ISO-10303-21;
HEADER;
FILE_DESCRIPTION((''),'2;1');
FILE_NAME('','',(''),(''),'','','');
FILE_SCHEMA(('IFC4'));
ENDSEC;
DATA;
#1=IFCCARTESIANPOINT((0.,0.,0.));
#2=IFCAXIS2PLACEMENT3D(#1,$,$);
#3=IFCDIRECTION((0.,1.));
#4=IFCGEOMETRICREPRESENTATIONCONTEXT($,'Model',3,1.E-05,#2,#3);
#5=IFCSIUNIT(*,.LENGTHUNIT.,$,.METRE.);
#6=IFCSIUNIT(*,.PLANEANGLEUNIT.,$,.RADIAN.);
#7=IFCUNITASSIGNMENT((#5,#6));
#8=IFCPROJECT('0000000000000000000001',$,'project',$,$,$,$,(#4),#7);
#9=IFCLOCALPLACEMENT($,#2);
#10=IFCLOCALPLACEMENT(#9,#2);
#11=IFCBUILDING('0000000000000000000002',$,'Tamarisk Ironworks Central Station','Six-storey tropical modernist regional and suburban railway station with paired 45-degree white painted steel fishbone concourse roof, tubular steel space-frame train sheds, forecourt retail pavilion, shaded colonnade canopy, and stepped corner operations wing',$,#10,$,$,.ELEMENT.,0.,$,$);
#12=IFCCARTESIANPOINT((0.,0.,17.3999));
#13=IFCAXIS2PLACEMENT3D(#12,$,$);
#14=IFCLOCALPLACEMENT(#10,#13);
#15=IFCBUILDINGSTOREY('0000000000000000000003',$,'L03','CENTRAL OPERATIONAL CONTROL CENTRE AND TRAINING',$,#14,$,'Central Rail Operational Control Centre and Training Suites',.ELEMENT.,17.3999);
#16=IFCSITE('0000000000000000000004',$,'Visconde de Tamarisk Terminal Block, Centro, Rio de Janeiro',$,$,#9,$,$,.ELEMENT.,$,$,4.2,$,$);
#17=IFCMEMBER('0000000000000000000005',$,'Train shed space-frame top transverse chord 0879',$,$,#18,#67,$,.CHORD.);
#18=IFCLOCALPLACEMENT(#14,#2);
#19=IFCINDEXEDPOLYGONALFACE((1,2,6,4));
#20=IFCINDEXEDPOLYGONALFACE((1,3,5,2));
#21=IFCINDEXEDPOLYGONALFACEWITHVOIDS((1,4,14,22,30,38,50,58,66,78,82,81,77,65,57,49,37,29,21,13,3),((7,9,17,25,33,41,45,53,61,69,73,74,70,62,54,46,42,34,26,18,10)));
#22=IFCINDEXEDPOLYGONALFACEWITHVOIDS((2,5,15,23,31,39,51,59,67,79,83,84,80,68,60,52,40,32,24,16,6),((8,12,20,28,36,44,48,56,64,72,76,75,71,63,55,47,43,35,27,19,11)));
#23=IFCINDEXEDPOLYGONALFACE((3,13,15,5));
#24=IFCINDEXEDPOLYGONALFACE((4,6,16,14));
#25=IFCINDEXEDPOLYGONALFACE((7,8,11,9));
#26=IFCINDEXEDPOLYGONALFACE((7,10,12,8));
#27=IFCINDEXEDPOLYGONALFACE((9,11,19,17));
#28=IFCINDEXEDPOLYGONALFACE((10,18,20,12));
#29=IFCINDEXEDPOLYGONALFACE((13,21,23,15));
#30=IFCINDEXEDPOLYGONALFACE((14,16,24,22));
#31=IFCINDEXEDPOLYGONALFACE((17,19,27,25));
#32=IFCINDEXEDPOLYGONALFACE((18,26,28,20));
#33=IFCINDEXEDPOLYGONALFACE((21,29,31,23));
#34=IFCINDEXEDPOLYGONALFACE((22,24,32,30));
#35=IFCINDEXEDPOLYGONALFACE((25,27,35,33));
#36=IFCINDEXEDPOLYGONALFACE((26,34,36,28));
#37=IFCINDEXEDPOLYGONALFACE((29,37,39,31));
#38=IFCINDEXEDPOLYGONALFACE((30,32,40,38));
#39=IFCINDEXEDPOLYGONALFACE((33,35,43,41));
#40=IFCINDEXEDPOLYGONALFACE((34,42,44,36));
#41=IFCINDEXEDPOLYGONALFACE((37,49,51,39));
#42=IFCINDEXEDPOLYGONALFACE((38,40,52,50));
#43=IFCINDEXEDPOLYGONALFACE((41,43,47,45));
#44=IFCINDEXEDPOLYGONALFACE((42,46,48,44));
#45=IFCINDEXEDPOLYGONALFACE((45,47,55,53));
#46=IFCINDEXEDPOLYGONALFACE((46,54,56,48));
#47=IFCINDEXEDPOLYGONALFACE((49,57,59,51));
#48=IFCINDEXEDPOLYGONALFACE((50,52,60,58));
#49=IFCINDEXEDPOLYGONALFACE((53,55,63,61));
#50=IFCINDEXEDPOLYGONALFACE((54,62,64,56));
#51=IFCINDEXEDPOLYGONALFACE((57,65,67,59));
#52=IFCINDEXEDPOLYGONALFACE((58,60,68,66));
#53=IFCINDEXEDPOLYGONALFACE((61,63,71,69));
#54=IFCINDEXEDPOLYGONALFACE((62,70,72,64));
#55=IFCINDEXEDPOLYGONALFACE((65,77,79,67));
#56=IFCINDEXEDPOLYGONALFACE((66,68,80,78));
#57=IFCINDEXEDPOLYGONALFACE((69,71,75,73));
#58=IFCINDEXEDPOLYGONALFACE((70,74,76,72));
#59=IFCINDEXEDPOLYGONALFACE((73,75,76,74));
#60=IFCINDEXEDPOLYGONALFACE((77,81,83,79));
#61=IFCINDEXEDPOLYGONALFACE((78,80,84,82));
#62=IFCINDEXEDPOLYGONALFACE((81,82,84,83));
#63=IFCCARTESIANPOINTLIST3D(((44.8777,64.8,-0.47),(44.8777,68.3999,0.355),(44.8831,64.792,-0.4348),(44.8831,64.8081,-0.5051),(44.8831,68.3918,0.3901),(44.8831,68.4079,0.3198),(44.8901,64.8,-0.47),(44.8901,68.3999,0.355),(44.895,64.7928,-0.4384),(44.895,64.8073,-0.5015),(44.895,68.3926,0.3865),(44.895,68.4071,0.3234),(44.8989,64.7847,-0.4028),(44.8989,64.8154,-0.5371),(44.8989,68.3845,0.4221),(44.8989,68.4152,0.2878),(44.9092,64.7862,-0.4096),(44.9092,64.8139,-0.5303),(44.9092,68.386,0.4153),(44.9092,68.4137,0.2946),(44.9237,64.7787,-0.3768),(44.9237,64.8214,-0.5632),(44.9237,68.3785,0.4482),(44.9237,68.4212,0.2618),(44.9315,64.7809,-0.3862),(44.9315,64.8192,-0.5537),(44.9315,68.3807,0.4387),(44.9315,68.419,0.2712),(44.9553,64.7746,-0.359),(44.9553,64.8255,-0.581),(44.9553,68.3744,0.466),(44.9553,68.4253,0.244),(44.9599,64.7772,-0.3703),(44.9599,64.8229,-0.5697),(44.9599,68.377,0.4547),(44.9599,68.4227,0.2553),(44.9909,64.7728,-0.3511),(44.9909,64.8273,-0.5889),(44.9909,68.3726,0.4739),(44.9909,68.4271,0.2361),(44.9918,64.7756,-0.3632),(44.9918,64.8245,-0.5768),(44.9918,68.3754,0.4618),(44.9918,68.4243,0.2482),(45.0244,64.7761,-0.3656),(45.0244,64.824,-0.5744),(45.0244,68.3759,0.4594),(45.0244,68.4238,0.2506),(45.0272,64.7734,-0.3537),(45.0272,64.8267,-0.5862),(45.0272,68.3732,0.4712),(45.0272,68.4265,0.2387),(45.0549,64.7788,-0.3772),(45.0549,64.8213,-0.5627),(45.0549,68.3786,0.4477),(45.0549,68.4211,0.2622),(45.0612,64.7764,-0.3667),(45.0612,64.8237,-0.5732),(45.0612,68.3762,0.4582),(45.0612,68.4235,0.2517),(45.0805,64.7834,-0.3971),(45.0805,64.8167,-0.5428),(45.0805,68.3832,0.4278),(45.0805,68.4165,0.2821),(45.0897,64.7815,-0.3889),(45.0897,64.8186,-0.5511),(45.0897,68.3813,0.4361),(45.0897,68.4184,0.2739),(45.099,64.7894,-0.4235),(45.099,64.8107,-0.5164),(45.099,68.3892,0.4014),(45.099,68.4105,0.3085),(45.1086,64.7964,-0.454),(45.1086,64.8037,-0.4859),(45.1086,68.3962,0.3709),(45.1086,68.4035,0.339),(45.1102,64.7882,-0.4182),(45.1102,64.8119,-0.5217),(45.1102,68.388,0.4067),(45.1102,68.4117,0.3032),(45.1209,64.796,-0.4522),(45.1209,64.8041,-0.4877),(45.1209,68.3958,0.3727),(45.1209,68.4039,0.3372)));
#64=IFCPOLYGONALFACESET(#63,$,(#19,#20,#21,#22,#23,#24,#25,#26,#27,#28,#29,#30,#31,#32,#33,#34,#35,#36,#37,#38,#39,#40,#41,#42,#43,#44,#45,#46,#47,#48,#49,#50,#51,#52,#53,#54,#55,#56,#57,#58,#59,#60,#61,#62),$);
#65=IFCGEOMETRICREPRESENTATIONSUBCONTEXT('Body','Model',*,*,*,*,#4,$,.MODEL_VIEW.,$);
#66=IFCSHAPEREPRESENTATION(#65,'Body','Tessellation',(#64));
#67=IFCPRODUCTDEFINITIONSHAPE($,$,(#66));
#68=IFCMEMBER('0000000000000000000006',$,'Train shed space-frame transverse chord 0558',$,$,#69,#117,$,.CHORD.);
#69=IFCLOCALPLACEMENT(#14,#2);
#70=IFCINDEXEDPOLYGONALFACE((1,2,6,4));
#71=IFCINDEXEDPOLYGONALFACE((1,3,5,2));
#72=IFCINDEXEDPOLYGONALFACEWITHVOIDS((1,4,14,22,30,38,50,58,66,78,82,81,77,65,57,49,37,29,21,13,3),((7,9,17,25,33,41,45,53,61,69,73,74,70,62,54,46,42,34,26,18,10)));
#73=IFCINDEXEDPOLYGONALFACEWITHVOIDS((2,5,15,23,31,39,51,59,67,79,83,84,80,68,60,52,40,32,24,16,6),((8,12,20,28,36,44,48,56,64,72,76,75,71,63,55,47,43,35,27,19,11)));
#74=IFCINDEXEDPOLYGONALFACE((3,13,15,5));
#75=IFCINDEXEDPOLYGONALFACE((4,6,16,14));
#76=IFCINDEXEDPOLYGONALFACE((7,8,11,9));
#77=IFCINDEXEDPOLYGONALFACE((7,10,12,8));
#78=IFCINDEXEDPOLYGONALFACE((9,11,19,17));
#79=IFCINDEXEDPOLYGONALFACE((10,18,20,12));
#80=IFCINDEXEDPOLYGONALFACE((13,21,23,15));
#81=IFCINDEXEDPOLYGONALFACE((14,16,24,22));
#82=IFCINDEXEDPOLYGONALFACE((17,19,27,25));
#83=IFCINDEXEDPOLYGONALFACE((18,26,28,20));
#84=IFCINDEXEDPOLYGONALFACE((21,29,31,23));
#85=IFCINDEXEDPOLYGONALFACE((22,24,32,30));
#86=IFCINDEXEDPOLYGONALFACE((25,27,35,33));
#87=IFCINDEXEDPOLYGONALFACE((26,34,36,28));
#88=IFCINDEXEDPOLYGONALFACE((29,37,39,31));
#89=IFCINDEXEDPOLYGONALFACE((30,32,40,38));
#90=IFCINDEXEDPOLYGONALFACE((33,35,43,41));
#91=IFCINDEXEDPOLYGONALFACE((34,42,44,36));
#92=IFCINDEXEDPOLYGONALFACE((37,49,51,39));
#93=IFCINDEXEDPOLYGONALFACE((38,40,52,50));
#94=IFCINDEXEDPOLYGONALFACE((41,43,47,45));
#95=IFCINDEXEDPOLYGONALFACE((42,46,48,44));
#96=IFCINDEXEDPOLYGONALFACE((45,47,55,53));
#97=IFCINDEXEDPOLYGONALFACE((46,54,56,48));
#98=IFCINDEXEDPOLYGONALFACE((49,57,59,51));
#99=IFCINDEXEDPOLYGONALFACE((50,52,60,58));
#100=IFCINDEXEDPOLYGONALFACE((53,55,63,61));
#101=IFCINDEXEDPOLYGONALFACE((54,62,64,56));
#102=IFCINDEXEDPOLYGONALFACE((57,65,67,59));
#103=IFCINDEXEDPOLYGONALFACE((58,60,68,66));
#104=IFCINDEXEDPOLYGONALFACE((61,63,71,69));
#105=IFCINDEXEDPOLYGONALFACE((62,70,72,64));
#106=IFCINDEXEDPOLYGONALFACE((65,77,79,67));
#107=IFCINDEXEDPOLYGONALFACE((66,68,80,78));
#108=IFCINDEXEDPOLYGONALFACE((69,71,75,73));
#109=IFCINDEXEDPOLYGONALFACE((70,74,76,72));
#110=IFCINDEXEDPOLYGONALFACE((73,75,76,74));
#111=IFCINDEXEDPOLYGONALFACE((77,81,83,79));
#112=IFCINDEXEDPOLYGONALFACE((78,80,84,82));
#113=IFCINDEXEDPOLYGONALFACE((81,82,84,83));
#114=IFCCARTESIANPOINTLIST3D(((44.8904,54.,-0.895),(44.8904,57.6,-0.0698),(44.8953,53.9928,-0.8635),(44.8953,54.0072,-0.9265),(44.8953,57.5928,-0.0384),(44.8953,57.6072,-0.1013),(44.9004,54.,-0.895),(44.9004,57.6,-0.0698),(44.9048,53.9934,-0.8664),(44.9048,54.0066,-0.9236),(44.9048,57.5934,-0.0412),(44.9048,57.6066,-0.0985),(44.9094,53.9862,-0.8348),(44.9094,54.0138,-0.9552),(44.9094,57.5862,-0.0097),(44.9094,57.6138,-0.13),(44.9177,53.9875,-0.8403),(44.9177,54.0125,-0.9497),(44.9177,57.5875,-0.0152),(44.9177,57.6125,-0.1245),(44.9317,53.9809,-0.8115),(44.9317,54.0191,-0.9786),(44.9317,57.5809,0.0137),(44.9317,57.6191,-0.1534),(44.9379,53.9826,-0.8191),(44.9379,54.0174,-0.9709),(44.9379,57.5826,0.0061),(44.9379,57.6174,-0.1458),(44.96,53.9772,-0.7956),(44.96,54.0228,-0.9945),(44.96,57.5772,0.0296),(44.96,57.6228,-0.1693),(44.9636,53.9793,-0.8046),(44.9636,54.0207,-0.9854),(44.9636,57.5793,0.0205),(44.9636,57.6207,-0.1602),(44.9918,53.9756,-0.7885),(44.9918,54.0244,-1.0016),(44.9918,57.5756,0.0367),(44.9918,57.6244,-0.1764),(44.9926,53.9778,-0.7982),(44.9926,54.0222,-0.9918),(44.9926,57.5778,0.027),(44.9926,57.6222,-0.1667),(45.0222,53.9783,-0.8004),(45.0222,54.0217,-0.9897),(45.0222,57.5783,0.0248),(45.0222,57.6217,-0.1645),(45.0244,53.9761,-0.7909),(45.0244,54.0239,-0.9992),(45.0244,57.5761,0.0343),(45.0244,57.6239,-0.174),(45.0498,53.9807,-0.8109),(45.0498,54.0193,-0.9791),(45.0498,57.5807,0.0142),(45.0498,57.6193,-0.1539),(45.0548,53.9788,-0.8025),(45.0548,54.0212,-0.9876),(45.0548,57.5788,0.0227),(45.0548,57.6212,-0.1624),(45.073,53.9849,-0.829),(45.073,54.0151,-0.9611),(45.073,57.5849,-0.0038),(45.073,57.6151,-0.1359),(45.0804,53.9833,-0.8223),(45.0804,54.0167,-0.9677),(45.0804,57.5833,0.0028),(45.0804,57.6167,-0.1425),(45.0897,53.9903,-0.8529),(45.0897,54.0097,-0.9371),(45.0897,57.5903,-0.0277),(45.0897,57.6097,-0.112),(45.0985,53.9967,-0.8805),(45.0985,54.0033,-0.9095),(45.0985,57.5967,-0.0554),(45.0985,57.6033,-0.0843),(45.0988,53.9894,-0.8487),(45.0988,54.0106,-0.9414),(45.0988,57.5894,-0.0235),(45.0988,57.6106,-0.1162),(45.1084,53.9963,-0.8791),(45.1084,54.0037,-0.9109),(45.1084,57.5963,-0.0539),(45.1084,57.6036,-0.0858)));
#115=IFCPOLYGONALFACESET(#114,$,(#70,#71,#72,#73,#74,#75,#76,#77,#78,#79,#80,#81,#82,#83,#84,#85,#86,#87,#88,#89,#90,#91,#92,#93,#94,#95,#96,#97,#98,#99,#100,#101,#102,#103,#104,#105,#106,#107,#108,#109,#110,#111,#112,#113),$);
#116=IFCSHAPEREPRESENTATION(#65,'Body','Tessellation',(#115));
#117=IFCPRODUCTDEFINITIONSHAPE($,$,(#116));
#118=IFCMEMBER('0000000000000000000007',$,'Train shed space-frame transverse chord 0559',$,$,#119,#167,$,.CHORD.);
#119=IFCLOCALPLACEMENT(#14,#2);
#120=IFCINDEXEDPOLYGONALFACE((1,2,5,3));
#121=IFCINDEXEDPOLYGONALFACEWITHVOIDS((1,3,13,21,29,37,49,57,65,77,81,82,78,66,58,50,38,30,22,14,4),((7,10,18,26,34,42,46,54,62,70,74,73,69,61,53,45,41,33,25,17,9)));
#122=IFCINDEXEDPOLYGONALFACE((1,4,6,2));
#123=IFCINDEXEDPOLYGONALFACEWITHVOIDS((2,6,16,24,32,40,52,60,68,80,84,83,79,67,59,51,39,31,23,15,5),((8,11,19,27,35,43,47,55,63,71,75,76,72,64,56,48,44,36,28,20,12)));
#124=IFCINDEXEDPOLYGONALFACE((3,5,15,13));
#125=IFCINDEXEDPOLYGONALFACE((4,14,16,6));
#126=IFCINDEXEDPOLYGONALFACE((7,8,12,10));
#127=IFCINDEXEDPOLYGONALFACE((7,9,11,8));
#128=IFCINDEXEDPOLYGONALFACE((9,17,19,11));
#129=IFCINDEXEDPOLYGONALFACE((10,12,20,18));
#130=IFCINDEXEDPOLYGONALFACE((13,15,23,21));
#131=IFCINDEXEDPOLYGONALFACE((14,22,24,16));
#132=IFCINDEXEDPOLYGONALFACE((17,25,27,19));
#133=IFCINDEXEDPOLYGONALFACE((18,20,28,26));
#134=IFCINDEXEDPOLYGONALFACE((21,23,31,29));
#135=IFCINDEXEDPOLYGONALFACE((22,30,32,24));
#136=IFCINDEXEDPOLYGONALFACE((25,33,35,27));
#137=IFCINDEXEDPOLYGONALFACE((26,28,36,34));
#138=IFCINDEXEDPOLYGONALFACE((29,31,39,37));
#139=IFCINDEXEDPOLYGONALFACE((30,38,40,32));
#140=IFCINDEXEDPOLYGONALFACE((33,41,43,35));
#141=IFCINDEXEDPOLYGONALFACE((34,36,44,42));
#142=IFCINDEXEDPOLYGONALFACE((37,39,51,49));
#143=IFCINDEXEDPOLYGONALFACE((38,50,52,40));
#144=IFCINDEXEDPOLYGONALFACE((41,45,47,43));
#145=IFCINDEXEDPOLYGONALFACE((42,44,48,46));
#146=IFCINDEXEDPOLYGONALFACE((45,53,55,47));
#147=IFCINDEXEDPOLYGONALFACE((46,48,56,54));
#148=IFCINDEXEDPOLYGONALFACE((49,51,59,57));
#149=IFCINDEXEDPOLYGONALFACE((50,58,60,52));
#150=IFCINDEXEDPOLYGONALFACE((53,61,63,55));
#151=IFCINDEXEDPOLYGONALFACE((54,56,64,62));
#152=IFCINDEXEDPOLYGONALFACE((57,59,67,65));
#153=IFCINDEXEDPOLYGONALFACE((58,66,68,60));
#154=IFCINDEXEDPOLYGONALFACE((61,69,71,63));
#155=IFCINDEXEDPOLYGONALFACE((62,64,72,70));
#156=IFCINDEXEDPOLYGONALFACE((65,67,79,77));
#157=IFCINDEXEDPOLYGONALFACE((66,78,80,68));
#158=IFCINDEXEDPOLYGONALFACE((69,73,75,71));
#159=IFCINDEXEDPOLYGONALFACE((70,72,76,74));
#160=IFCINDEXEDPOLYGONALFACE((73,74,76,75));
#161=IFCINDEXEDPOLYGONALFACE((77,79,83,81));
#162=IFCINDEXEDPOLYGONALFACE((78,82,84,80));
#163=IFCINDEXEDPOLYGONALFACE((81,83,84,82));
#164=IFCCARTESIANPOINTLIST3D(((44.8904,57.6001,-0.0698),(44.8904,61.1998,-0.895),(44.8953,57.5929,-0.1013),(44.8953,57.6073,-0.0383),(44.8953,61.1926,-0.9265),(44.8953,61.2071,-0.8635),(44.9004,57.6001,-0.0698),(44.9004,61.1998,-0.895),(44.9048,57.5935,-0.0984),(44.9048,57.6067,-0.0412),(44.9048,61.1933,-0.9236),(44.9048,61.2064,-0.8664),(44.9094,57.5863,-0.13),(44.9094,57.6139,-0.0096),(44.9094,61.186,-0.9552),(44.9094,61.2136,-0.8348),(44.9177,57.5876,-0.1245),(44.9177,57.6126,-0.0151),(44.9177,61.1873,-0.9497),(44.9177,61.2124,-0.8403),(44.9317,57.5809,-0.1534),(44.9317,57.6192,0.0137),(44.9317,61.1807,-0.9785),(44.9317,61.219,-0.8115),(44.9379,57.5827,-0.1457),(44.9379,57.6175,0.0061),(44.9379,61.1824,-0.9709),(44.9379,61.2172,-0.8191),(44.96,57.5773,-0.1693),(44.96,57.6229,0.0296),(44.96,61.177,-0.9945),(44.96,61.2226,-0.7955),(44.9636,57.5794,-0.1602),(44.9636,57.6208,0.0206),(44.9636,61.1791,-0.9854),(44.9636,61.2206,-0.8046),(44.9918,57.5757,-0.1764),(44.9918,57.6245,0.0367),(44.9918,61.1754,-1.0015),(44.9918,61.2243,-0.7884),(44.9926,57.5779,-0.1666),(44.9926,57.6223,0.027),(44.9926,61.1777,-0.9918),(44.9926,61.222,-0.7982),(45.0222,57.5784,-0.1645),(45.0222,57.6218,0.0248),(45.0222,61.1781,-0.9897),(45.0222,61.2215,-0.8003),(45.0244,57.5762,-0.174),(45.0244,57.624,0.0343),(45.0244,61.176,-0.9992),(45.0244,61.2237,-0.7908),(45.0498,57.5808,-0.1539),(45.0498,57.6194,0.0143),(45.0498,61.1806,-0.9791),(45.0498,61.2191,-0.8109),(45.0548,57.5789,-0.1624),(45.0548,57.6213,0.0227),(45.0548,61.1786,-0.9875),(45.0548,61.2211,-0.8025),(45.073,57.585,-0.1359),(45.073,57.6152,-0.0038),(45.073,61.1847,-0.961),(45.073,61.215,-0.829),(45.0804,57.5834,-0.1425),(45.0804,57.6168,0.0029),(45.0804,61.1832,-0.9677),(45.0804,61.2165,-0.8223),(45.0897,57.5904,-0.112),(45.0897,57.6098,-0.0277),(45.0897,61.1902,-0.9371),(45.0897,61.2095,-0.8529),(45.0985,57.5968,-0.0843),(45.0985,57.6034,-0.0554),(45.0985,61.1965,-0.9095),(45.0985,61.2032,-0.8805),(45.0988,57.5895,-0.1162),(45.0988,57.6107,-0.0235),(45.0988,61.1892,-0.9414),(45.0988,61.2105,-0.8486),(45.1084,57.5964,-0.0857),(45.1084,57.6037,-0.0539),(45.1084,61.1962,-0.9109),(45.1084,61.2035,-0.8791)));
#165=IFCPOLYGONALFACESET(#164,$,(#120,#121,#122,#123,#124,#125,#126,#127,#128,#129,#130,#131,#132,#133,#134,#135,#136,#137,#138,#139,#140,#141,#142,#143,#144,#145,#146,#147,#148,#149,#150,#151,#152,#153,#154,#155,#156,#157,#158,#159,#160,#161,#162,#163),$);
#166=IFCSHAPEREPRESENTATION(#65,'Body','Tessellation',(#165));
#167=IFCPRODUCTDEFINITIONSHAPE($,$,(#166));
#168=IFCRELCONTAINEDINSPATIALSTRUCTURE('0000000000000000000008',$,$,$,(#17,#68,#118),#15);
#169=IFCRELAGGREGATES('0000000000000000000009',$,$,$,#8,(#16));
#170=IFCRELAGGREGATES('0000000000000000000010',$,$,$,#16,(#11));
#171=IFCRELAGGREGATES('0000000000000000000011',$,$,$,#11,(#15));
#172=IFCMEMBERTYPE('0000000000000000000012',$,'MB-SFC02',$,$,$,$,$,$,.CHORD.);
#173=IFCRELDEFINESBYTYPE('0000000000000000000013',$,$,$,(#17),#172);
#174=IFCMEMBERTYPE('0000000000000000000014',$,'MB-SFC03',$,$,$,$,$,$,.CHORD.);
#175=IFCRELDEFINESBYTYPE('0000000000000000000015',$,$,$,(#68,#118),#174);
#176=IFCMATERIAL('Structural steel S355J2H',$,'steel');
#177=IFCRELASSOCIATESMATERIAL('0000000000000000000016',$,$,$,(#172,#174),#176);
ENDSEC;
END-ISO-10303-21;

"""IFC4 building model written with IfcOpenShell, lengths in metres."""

from ifc_helpers import new_model, si_unit, direction, frame, origin, origin_2d, place, context, subcontext, project, spatial, hollow_circle, extrude, material, material_profile, profile_set, type_object, element, save


model = new_model("IFC4")

# Units and contexts
model_context = context("Model", 3, precision=1e-05, world=origin(), true_north=direction((0.0, 1.0)))
body_context = subcontext(model_context, "Body", "Model", "MODEL_VIEW")
ifc_project = project(units=[si_unit("LENGTHUNIT", "METRE"), si_unit("PLANEANGLEUNIT", "RADIAN")], contexts=[model_context])

# Site, building, storey
site_placement = place(None, origin())
site = spatial("IfcSite", under=ifc_project, at=site_placement, Name="Visconde de Tamarisk Terminal Block, Centro, Rio de Janeiro", CompositionType="ELEMENT", RefElevation=4.2)
building_placement = place(site_placement, origin())
building = spatial("IfcBuilding", under=site, at=building_placement, Name="Tamarisk Ironworks Central Station", Description="Six-storey tropical modernist regional and suburban railway station with paired 45-degree white painted steel fishbone concourse roof, tubular steel space-frame train sheds, forecourt retail pavilion, shaded colonnade canopy, and stepped corner operations wing", CompositionType="ELEMENT", ElevationOfRefHeight=0.0)
storey_placement = place(building_placement, frame((0.0, 0.0, 17.3999)))
storey = spatial("IfcBuildingStorey", under=building, at=storey_placement, Name="L03", Description="CENTRAL OPERATIONAL CONTROL CENTRE AND TRAINING", LongName="Central Rail Operational Control Centre and Training Suites", CompositionType="ELEMENT", Elevation=17.3999)

# Members
ifc_material_1 = material(Name="Structural steel S355J2H", Category="steel")
ifc_material_profile_1 = material_profile(ifc_material_1, hollow_circle(Radius=0.1223, WallThickness=0.0125, at=origin_2d()), Name="CHS 244.5x12.5")
ifc_profile_set_1 = profile_set([ifc_material_profile_1], Name="Structural steel S355J2H")
member_type_1 = type_object("IfcMemberType", Name="MB-SFC02", PredefinedType="CHORD", material=ifc_profile_set_1)
member_1_placement = place(storey_placement, frame((45.0, 64.8, -0.47), z_axis=(0.0, 0.974733, 0.223372), x_axis=(-1.0, 0.0, 0.0)))
element("IfcMember", 1, at=member_1_placement, inside=storey, type_object=member_type_1, Name="Train shed space-frame top transverse chord 0879", PredefinedType="CHORD", context=body_context, shape_type="SweptSolid", body=[
    extrude(hollow_circle(Radius=0.1223, WallThickness=0.0125, at=origin_2d()), origin(), (0.0, 0.0, 1.0), 3.6931),
])
ifc_material_profile_2 = material_profile(ifc_material_1, hollow_circle(Radius=0.1096, WallThickness=0.01, at=origin_2d()), Name="CHS 219.1x10")
ifc_profile_set_2 = profile_set([ifc_material_profile_2], Name="Structural steel S355J2H")
member_type_2 = type_object("IfcMemberType", Name="MB-SFC03", PredefinedType="CHORD", material=ifc_profile_set_2)
member_2_placement = place(storey_placement, frame((45.0, 54.0, -0.895), z_axis=(0.0, 0.974722, 0.223421), x_axis=(-1.0, 0.0, 0.0)))
element("IfcMember", 2, at=member_2_placement, inside=storey, type_object=member_type_2, Name="Train shed space-frame transverse chord 0558", PredefinedType="CHORD", context=body_context, shape_type="SweptSolid", body=[
    extrude(hollow_circle(Radius=0.1096, WallThickness=0.01, at=origin_2d()), origin(), (0.0, 0.0, 1.0), 3.6934),
])
member_3_placement = place(storey_placement, frame((45.0, 57.6001, -0.0698), z_axis=(0.0, 0.974719, -0.223435), x_axis=(-1.0, 0.0, 0.0)))
element("IfcMember", 3, at=member_3_placement, inside=storey, type_object=member_type_2, Name="Train shed space-frame transverse chord 0559", PredefinedType="CHORD", context=body_context, shape_type="SweptSolid", body=[
    extrude(hollow_circle(Radius=0.1096, WallThickness=0.01, at=origin_2d()), origin(), (0.0, 0.0, 1.0), 3.6931),
])

save(model, "model.ifc")
